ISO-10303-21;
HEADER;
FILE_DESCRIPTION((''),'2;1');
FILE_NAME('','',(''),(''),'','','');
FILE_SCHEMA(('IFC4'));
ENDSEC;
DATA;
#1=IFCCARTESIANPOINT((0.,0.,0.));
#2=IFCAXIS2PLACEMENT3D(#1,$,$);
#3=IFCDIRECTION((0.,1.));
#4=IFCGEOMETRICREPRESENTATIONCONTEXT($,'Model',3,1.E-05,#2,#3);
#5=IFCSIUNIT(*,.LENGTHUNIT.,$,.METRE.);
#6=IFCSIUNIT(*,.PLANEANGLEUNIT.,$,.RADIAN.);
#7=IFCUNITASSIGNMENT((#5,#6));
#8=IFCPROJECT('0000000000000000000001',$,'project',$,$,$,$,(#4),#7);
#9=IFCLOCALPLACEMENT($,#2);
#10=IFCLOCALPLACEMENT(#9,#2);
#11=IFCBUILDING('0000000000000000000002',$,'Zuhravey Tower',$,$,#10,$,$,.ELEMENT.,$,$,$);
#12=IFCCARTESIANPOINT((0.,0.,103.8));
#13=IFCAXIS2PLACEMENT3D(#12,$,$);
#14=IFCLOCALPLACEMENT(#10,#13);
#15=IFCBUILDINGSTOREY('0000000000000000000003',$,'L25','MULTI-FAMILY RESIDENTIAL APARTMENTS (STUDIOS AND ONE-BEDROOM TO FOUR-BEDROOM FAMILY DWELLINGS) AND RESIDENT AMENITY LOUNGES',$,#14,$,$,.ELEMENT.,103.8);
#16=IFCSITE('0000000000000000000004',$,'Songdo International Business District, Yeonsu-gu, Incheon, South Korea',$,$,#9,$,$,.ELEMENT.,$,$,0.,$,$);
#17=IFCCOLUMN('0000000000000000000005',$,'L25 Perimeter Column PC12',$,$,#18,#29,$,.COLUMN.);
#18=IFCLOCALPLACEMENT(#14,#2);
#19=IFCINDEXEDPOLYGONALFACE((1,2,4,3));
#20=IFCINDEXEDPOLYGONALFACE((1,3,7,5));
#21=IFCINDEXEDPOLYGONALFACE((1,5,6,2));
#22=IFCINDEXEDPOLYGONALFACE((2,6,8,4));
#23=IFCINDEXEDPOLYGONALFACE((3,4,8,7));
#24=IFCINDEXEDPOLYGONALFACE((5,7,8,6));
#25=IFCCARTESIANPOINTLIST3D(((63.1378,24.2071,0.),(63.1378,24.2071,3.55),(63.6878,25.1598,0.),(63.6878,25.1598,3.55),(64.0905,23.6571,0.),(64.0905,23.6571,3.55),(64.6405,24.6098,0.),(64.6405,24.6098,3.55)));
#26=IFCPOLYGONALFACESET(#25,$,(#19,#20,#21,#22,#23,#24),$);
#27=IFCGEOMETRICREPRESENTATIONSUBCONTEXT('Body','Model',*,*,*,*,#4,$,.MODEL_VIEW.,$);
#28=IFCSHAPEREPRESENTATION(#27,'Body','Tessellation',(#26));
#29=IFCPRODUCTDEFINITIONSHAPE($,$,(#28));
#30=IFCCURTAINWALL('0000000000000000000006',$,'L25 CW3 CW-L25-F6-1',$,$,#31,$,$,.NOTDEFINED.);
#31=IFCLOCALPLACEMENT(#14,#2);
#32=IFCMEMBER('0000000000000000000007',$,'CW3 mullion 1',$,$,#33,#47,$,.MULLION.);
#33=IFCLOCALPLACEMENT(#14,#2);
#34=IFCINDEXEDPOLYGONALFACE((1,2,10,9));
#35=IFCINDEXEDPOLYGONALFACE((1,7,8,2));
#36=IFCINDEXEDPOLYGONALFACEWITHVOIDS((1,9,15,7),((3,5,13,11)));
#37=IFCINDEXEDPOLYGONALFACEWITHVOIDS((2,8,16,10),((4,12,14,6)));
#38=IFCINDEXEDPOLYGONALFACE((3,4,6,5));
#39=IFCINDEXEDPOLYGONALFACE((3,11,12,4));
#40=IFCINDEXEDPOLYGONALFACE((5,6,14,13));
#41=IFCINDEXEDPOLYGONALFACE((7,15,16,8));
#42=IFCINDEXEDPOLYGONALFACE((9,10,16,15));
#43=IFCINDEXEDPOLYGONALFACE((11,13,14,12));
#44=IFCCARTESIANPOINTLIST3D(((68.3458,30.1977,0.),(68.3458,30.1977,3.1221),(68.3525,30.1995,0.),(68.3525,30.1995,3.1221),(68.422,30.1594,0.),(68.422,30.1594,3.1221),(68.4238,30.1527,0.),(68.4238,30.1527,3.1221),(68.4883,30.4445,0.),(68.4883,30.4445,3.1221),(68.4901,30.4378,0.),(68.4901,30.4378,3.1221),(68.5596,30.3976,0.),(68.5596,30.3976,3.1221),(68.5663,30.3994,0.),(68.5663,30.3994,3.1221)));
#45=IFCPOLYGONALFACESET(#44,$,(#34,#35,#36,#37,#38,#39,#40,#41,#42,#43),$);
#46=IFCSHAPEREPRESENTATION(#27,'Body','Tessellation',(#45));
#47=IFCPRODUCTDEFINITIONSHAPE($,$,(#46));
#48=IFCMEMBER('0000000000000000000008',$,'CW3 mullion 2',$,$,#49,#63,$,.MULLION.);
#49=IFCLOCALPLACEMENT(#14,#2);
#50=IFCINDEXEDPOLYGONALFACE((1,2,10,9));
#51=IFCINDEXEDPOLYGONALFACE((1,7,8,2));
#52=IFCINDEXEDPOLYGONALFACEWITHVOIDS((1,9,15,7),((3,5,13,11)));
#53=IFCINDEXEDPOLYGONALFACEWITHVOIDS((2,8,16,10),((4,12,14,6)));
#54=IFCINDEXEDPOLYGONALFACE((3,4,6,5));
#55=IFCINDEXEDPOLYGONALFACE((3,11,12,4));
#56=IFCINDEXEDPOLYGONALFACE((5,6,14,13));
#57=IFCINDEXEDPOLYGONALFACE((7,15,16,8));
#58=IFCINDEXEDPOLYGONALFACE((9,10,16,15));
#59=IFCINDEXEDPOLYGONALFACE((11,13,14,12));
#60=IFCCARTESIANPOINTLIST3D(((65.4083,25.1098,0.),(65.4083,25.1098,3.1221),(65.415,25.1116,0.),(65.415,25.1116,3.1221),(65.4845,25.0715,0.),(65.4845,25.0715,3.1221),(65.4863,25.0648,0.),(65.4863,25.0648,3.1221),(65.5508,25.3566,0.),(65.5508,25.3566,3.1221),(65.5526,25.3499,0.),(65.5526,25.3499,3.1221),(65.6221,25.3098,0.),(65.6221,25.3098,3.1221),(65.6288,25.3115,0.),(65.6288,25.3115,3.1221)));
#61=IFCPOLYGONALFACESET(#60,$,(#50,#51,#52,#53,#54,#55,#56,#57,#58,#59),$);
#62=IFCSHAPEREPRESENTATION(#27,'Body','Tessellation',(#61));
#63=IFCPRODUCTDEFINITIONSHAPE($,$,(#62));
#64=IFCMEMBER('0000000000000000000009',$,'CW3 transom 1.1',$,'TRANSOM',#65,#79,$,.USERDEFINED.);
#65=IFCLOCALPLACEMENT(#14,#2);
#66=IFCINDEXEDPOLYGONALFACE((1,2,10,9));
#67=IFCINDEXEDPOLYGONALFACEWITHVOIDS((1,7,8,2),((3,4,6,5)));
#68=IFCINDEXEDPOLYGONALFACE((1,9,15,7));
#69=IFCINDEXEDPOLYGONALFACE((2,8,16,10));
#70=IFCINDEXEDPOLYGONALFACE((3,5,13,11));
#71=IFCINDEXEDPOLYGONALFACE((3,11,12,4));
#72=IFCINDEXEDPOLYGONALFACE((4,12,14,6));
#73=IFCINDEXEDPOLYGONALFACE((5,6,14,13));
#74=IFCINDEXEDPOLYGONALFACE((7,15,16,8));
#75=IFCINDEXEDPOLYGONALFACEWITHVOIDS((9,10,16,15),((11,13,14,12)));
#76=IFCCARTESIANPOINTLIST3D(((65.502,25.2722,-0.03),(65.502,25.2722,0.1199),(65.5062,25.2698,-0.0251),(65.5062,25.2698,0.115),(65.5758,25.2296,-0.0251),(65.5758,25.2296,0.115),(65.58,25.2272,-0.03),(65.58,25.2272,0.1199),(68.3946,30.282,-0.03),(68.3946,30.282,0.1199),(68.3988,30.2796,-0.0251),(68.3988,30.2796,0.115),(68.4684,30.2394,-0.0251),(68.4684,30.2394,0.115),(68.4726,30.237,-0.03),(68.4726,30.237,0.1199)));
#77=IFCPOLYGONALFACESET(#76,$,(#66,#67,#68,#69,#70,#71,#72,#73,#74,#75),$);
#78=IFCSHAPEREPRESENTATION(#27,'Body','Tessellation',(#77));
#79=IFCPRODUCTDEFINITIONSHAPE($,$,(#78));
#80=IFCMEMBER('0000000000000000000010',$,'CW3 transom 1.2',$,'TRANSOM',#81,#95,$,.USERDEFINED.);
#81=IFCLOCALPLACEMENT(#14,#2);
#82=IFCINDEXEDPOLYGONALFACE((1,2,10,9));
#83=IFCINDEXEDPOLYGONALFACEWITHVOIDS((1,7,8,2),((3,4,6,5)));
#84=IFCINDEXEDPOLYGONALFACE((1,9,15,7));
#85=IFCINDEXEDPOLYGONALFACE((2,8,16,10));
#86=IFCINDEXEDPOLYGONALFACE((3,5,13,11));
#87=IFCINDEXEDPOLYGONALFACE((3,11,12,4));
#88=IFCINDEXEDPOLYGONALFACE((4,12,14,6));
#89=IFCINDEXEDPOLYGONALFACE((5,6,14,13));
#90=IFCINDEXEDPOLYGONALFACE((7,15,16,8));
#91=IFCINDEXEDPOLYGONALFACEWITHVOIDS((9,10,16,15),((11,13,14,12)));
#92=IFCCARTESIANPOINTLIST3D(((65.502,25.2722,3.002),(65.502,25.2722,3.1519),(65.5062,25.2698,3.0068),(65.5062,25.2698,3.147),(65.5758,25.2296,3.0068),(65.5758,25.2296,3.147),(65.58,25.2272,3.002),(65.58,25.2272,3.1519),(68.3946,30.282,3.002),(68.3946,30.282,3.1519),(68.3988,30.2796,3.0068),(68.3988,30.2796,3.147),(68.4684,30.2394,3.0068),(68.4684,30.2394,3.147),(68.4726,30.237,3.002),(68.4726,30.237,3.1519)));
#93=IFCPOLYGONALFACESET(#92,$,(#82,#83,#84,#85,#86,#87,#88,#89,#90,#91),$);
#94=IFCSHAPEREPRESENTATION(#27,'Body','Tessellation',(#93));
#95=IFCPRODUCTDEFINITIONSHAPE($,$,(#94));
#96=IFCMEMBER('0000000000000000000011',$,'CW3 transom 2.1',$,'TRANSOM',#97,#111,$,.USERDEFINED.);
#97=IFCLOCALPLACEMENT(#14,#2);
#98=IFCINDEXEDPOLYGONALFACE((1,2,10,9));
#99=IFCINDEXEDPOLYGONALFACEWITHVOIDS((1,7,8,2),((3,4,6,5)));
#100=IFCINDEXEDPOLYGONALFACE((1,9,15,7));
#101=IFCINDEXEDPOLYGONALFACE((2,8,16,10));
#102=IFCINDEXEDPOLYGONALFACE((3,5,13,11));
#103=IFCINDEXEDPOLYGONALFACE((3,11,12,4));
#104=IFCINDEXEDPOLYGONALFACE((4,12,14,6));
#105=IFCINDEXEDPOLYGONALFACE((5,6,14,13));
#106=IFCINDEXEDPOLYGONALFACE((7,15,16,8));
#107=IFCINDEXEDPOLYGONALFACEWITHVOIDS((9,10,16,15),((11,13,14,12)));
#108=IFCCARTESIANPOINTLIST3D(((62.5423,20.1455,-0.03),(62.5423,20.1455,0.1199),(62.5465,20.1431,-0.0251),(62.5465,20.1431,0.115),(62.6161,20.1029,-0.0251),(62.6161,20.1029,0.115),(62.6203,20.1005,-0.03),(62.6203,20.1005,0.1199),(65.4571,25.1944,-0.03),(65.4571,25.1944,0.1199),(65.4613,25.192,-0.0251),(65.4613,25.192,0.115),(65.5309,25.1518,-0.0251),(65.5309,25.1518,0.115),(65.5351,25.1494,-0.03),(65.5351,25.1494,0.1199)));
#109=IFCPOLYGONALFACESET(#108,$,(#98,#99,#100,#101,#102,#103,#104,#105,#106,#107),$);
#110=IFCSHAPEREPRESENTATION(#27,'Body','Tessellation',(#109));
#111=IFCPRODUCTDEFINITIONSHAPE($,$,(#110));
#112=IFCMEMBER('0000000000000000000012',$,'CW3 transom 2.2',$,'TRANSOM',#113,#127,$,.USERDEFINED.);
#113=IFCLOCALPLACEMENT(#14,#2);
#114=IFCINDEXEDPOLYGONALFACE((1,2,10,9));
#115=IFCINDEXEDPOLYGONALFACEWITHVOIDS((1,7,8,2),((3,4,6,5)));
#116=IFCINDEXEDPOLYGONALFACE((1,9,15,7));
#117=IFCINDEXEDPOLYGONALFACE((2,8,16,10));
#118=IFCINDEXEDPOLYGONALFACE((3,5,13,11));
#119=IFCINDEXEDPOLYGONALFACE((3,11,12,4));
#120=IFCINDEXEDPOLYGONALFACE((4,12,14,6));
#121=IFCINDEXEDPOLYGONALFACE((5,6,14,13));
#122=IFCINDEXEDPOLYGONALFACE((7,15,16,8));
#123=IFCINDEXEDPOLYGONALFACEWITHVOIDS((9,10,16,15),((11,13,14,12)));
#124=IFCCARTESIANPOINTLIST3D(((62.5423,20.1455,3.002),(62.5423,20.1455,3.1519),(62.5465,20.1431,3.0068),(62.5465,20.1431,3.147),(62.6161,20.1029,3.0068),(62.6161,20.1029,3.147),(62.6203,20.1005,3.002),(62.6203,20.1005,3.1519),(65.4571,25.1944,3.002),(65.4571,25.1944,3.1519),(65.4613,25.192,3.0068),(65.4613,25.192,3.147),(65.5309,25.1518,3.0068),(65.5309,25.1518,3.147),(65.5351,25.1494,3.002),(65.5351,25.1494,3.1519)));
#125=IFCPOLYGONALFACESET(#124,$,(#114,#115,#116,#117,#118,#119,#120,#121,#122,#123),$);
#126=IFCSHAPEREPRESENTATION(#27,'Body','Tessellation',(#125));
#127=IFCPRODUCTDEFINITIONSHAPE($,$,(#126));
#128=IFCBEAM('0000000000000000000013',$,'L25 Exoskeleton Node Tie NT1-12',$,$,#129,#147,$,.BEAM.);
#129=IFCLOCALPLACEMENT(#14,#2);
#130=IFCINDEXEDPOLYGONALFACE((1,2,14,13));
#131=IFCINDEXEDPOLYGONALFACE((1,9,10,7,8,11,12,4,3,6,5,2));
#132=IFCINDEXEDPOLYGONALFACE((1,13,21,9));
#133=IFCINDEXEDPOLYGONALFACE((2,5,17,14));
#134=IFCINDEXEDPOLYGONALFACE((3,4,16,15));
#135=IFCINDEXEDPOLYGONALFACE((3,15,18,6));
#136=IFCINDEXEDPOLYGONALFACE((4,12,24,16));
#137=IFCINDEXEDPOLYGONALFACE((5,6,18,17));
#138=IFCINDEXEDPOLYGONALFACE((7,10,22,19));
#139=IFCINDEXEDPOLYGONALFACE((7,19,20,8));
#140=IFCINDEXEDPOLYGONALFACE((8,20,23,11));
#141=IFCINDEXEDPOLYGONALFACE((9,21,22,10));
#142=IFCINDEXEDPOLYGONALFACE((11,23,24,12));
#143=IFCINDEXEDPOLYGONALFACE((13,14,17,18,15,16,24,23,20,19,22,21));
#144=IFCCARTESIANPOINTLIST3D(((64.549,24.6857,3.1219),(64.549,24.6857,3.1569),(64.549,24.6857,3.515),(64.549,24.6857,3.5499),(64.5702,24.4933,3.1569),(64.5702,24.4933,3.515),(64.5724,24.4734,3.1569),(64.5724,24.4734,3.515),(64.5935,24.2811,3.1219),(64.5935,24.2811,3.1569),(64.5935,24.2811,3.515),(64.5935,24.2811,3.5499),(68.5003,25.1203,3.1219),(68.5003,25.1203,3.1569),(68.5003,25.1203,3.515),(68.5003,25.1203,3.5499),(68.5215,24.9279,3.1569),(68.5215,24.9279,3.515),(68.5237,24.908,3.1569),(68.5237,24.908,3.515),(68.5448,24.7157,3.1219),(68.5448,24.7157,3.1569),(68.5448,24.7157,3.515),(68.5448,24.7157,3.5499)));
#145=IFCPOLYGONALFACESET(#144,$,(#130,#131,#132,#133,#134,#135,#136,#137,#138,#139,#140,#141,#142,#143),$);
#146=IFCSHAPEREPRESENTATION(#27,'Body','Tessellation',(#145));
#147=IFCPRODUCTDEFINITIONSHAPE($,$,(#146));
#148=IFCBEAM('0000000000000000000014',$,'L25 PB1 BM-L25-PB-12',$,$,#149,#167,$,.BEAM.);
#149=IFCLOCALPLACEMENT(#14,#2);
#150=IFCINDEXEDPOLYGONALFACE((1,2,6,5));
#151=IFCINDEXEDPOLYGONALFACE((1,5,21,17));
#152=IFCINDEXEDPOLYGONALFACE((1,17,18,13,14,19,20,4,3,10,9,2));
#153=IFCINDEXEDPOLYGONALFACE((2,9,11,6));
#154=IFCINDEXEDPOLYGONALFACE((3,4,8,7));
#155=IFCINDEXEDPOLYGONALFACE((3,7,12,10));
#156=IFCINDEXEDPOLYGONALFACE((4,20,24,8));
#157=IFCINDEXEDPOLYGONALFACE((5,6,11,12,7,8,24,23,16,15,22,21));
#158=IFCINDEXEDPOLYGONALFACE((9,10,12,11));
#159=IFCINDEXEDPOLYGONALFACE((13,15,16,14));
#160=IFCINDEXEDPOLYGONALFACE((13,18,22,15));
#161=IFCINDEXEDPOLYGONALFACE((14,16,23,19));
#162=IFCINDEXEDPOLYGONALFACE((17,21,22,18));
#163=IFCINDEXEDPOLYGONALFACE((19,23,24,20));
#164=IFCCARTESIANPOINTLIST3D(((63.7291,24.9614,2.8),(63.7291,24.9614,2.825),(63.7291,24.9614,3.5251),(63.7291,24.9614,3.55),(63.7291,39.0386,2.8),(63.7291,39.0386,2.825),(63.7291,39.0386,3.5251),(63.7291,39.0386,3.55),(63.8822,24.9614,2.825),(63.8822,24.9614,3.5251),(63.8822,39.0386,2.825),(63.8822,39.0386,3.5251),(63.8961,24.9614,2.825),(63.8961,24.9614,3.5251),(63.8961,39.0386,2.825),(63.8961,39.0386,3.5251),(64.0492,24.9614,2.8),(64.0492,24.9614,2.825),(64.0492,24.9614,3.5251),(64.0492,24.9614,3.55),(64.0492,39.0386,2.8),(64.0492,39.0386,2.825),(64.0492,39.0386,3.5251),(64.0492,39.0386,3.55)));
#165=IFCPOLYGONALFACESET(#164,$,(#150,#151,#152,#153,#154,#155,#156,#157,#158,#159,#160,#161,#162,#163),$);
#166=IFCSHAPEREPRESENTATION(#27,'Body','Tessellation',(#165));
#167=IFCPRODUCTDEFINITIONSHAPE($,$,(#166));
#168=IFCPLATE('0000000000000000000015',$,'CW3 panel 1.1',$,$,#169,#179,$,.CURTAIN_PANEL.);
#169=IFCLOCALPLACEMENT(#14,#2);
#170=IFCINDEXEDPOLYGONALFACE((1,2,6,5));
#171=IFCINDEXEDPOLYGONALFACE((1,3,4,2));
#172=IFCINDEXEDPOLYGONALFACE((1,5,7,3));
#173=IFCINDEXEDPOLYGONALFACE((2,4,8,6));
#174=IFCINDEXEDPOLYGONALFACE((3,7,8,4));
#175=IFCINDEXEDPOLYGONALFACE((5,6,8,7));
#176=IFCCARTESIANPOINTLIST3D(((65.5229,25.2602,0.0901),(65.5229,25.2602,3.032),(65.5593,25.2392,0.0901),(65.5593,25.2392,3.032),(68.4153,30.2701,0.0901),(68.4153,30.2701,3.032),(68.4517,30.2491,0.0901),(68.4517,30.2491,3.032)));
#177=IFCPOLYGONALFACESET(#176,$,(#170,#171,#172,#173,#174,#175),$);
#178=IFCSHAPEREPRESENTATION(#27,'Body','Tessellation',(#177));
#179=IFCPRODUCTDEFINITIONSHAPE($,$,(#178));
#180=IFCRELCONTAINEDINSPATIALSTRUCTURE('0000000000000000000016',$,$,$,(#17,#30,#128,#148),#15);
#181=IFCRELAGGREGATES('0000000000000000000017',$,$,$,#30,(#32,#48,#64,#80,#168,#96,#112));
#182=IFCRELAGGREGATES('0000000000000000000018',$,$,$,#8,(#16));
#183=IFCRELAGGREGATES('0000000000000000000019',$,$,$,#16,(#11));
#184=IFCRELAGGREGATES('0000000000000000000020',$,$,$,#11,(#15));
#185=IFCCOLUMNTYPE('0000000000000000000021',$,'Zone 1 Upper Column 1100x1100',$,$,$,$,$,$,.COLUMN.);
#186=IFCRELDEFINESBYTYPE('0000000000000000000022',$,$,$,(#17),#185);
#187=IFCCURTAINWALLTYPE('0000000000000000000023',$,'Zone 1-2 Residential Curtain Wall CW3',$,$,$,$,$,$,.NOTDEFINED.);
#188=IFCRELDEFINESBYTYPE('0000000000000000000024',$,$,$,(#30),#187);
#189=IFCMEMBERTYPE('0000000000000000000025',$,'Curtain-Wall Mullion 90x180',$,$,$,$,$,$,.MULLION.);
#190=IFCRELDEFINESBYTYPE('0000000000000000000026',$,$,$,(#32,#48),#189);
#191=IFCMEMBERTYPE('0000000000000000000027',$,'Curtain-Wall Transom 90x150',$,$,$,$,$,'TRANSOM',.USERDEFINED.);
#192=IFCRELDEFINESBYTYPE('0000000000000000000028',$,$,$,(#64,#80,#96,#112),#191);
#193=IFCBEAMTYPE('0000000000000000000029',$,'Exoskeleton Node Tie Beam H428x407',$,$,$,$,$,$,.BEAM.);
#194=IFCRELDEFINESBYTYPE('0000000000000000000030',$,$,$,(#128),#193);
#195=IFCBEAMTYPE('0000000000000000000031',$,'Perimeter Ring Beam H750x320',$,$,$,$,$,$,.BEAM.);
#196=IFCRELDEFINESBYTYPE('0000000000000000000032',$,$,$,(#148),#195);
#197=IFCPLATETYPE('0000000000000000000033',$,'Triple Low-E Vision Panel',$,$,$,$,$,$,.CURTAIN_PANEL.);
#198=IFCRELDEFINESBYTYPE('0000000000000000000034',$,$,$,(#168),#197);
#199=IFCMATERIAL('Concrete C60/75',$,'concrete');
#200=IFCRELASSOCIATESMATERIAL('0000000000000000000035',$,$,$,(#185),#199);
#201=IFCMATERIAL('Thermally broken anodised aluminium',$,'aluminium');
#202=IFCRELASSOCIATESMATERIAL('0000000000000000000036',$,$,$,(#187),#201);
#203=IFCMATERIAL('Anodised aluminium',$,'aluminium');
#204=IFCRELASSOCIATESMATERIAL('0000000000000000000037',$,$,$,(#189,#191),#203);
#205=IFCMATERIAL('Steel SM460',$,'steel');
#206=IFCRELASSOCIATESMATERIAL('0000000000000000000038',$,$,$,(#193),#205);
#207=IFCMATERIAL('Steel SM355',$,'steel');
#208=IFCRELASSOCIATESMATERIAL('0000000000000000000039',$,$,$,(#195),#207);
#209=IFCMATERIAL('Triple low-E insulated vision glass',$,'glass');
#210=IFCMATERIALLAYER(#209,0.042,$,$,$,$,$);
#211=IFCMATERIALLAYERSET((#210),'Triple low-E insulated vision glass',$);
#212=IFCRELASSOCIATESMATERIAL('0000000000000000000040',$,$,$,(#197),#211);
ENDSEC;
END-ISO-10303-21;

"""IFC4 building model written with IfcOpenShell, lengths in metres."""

from ifc_helpers import new_model, si_unit, direction, frame, origin, origin_2d, place, context, subcontext, project, spatial, rectangle, hollow_rectangle, i_section, extrude, material, layer, layer_set, material_profile, profile_set, type_object, element, aggregate, save


model = new_model("IFC4")

# Units and contexts
model_context = context("Model", 3, precision=1e-05, world=origin(), true_north=direction((0.0, 1.0)))
body_context = subcontext(model_context, "Body", "Model", "MODEL_VIEW")
ifc_project = project(units=[si_unit("LENGTHUNIT", "METRE"), si_unit("PLANEANGLEUNIT", "RADIAN")], contexts=[model_context])

# Site, building, storey
site_placement = place(None, origin())
site = spatial("IfcSite", under=ifc_project, at=site_placement, Name="Songdo International Business District, Yeonsu-gu, Incheon, South Korea", CompositionType="ELEMENT", RefElevation=0.0)
building_placement = place(site_placement, origin())
building = spatial("IfcBuilding", under=site, at=building_placement, Name="Zuhravey Tower", CompositionType="ELEMENT")
storey_placement = place(building_placement, frame((0.0, 0.0, 103.8)))
storey = spatial("IfcBuildingStorey", under=building, at=storey_placement, Name="L25", Description="MULTI-FAMILY RESIDENTIAL APARTMENTS (STUDIOS AND ONE-BEDROOM TO FOUR-BEDROOM FAMILY DWELLINGS) AND RESIDENT AMENITY LOUNGES", CompositionType="ELEMENT", Elevation=103.8)

# Column
ifc_material_1 = material(Name="Concrete C60/75", Category="concrete")
ifc_material_profile_1 = material_profile(ifc_material_1, rectangle(XDim=1.1001, YDim=1.1001, at=origin_2d()), Name="RC-1100x1100")
ifc_profile_set_1 = profile_set([ifc_material_profile_1], Name="Concrete C60/75")
column_type = type_object("IfcColumnType", Name="Zone 1 Upper Column 1100x1100", PredefinedType="COLUMN", material=ifc_profile_set_1)
column_placement = place(storey_placement, frame((63.8892, 24.4084, 0.0), z_axis=(0.0, 0.0, 1.0), x_axis=(0.5, 0.866025, 0.0)))
element("IfcColumn", 1, at=column_placement, inside=storey, type_object=column_type, Name="L25 Perimeter Column PC12", PredefinedType="COLUMN", context=body_context, shape_type="SweptSolid", body=[
    extrude(rectangle(XDim=1.1001, YDim=1.1001, at=origin_2d()), origin(), (0.0, 0.0, 1.0), 3.55),
])

# Curtain wall, members
ifc_material_2 = material(Name="Thermally broken anodised aluminium", Category="aluminium")
curtain_wall_type = type_object("IfcCurtainWallType", Name="Zone 1-2 Residential Curtain Wall CW3", PredefinedType="NOTDEFINED", material=ifc_material_2)
curtain_wall_placement = place(storey_placement, origin())
curtain_wall = element("IfcCurtainWall", 2, at=curtain_wall_placement, inside=storey, type_object=curtain_wall_type, Name="L25 CW3 CW-L25-F6-1", PredefinedType="NOTDEFINED")
ifc_material_3 = material(Name="Anodised aluminium", Category="aluminium")
ifc_material_profile_2 = material_profile(ifc_material_3, hollow_rectangle(XDim=0.0901, YDim=0.2849, WallThickness=0.0049, at=origin_2d()), Name="ALU-RHS-90x285x5")
ifc_profile_set_2 = profile_set([ifc_material_profile_2], Name="Anodised aluminium")
member_type_1 = type_object("IfcMemberType", Name="Curtain-Wall Mullion 90x180", PredefinedType="MULLION", material=ifc_profile_set_2)
member_1_placement = place(storey_placement, frame((68.4561, 30.2986, 0.0), z_axis=(0.0, 0.0, 1.0), x_axis=(0.866026, -0.5, 0.0)))
member_1 = element("IfcMember", 3, at=member_1_placement, type_object=member_type_1, Name="CW3 mullion 1", PredefinedType="MULLION", context=body_context, shape_type="SweptSolid", body=[
    extrude(hollow_rectangle(XDim=0.0901, YDim=0.2849, WallThickness=0.0049, at=origin_2d()), origin(), (0.0, 0.0, 1.0), 3.1221),
])
member_2_placement = place(storey_placement, frame((65.5186, 25.2107, 0.0), z_axis=(0.0, 0.0, 1.0), x_axis=(0.866026, -0.5, 0.0)))
member_2 = element("IfcMember", 4, at=member_2_placement, type_object=member_type_1, Name="CW3 mullion 2", PredefinedType="MULLION", context=body_context, shape_type="SweptSolid", body=[
    extrude(hollow_rectangle(XDim=0.0901, YDim=0.2849, WallThickness=0.0049, at=origin_2d()), origin(), (0.0, 0.0, 1.0), 3.1221),
])
ifc_material_profile_3 = material_profile(ifc_material_3, hollow_rectangle(XDim=0.0901, YDim=0.1499, WallThickness=0.0049, at=origin_2d()), Name="ALU-RHS-90x150x5")
ifc_profile_set_3 = profile_set([ifc_material_profile_3], Name="Anodised aluminium")
member_type_2 = type_object("IfcMemberType", Name="Curtain-Wall Transom 90x150", ElementType="TRANSOM", PredefinedType="USERDEFINED", material=ifc_profile_set_3)
member_3_placement = place(storey_placement, frame((68.4336, 30.2595, 0.0449), z_axis=(-0.500024, -0.866011, 0.0), x_axis=(0.866011, -0.500024, 0.0)))
member_3 = element("IfcMember", 5, at=member_3_placement, type_object=member_type_2, Name="CW3 transom 1.1", ObjectType="TRANSOM", PredefinedType="USERDEFINED", context=body_context, shape_type="SweptSolid", body=[
    extrude(hollow_rectangle(XDim=0.0901, YDim=0.1499, WallThickness=0.0049, at=origin_2d()), origin(), (0.0, 0.0, 1.0), 5.7849),
])
member_4_placement = place(storey_placement, frame((68.4336, 30.2595, 3.0769), z_axis=(-0.500024, -0.866011, 0.0), x_axis=(0.866011, -0.500024, 0.0)))
member_4 = element("IfcMember", 6, at=member_4_placement, type_object=member_type_2, Name="CW3 transom 1.2", ObjectType="TRANSOM", PredefinedType="USERDEFINED", context=body_context, shape_type="SweptSolid", body=[
    extrude(hollow_rectangle(XDim=0.0901, YDim=0.1499, WallThickness=0.0049, at=origin_2d()), origin(), (0.0, 0.0, 1.0), 5.7849),
])
member_5_placement = place(storey_placement, frame((65.4961, 25.1719, 0.0449), z_axis=(-0.499981, -0.866036, 0.0), x_axis=(0.866036, -0.499981, 0.0)))
member_5 = element("IfcMember", 7, at=member_5_placement, type_object=member_type_2, Name="CW3 transom 2.1", ObjectType="TRANSOM", PredefinedType="USERDEFINED", context=body_context, shape_type="SweptSolid", body=[
    extrude(hollow_rectangle(XDim=0.0901, YDim=0.1499, WallThickness=0.0049, at=origin_2d()), origin(), (0.0, 0.0, 1.0), 5.8298),
])
member_6_placement = place(storey_placement, frame((65.4961, 25.1719, 3.0769), z_axis=(-0.499981, -0.866036, 0.0), x_axis=(0.866036, -0.499981, 0.0)))
member_6 = element("IfcMember", 8, at=member_6_placement, type_object=member_type_2, Name="CW3 transom 2.2", ObjectType="TRANSOM", PredefinedType="USERDEFINED", context=body_context, shape_type="SweptSolid", body=[
    extrude(hollow_rectangle(XDim=0.0901, YDim=0.1499, WallThickness=0.0049, at=origin_2d()), origin(), (0.0, 0.0, 1.0), 5.8298),
])

# Beams
ifc_material_4 = material(Name="Steel SM460", Category="steel")
ifc_material_profile_4 = material_profile(ifc_material_4, i_section(OverallWidth=0.407, OverallDepth=0.428, WebThickness=0.02, FlangeThickness=0.0349, at=origin_2d()), Name="H-428x407x20x35")
ifc_profile_set_4 = profile_set([ifc_material_profile_4], Name="Steel SM460")
beam_type_1 = type_object("IfcBeamType", Name="Exoskeleton Node Tie Beam H428x407", PredefinedType="BEAM", material=ifc_profile_set_4)
beam_1_placement = place(storey_placement, frame((64.5713, 24.4834, 3.3359), z_axis=(0.994006, 0.109326, 0.0), x_axis=(-0.109326, 0.994006, 0.0)))
element("IfcBeam", 9, at=beam_1_placement, inside=storey, type_object=beam_type_1, Name="L25 Exoskeleton Node Tie NT1-12", PredefinedType="BEAM", context=body_context, shape_type="SweptSolid", body=[
    extrude(i_section(OverallWidth=0.407, OverallDepth=0.428, WebThickness=0.02, FlangeThickness=0.0349, at=origin_2d()), origin(), (0.0, 0.0, 1.0), 3.9751),
])
ifc_material_5 = material(Name="Steel SM355", Category="steel")
ifc_material_profile_5 = material_profile(ifc_material_5, i_section(OverallWidth=0.3201, OverallDepth=0.75, WebThickness=0.0139, FlangeThickness=0.0249, at=origin_2d()), Name="H-750x320x14x25")
ifc_profile_set_5 = profile_set([ifc_material_profile_5], Name="Steel SM355")
beam_type_2 = type_object("IfcBeamType", Name="Perimeter Ring Beam H750x320", PredefinedType="BEAM", material=ifc_profile_set_5)
beam_2_placement = place(storey_placement, frame((63.8892, 24.9614, 3.175), z_axis=(0.0, 1.0, 0.0), x_axis=(-1.0, 0.0, 0.0)))
element("IfcBeam", 10, at=beam_2_placement, inside=storey, type_object=beam_type_2, Name="L25 PB1 BM-L25-PB-12", PredefinedType="BEAM", context=body_context, shape_type="SweptSolid", body=[
    extrude(i_section(OverallWidth=0.3201, OverallDepth=0.75, WebThickness=0.0139, FlangeThickness=0.0249, at=origin_2d()), origin(), (0.0, 0.0, 1.0), 14.0771),
])

# Plate
ifc_material_6 = material(Name="Triple low-E insulated vision glass", Category="glass")
ifc_layer_1 = layer(ifc_material_6, 0.042)
ifc_layer_set_1 = layer_set([ifc_layer_1], Name="Triple low-E insulated vision glass")
plate_type = type_object("IfcPlateType", Name="Triple Low-E Vision Panel", PredefinedType="CURTAIN_PANEL", material=ifc_layer_set_1)
plate_1_placement = place(storey_placement, frame((66.9873, 27.7546, 0.0901), z_axis=(0.0, 0.0, 1.0), x_axis=(-0.5, -0.866026, 0.0)))
plate_1 = element("IfcPlate", 11, at=plate_1_placement, type_object=plate_type, Name="CW3 panel 1.1", PredefinedType="CURTAIN_PANEL", context=body_context, shape_type="SweptSolid", body=[
    extrude(rectangle(XDim=5.7849, YDim=0.042, at=origin_2d()), origin(), (0.0, 0.0, 1.0), 2.9419),
])
aggregate(curtain_wall, [member_1, member_2, member_3, member_4, plate_1, member_5, member_6])

save(model, "model.ifc")
